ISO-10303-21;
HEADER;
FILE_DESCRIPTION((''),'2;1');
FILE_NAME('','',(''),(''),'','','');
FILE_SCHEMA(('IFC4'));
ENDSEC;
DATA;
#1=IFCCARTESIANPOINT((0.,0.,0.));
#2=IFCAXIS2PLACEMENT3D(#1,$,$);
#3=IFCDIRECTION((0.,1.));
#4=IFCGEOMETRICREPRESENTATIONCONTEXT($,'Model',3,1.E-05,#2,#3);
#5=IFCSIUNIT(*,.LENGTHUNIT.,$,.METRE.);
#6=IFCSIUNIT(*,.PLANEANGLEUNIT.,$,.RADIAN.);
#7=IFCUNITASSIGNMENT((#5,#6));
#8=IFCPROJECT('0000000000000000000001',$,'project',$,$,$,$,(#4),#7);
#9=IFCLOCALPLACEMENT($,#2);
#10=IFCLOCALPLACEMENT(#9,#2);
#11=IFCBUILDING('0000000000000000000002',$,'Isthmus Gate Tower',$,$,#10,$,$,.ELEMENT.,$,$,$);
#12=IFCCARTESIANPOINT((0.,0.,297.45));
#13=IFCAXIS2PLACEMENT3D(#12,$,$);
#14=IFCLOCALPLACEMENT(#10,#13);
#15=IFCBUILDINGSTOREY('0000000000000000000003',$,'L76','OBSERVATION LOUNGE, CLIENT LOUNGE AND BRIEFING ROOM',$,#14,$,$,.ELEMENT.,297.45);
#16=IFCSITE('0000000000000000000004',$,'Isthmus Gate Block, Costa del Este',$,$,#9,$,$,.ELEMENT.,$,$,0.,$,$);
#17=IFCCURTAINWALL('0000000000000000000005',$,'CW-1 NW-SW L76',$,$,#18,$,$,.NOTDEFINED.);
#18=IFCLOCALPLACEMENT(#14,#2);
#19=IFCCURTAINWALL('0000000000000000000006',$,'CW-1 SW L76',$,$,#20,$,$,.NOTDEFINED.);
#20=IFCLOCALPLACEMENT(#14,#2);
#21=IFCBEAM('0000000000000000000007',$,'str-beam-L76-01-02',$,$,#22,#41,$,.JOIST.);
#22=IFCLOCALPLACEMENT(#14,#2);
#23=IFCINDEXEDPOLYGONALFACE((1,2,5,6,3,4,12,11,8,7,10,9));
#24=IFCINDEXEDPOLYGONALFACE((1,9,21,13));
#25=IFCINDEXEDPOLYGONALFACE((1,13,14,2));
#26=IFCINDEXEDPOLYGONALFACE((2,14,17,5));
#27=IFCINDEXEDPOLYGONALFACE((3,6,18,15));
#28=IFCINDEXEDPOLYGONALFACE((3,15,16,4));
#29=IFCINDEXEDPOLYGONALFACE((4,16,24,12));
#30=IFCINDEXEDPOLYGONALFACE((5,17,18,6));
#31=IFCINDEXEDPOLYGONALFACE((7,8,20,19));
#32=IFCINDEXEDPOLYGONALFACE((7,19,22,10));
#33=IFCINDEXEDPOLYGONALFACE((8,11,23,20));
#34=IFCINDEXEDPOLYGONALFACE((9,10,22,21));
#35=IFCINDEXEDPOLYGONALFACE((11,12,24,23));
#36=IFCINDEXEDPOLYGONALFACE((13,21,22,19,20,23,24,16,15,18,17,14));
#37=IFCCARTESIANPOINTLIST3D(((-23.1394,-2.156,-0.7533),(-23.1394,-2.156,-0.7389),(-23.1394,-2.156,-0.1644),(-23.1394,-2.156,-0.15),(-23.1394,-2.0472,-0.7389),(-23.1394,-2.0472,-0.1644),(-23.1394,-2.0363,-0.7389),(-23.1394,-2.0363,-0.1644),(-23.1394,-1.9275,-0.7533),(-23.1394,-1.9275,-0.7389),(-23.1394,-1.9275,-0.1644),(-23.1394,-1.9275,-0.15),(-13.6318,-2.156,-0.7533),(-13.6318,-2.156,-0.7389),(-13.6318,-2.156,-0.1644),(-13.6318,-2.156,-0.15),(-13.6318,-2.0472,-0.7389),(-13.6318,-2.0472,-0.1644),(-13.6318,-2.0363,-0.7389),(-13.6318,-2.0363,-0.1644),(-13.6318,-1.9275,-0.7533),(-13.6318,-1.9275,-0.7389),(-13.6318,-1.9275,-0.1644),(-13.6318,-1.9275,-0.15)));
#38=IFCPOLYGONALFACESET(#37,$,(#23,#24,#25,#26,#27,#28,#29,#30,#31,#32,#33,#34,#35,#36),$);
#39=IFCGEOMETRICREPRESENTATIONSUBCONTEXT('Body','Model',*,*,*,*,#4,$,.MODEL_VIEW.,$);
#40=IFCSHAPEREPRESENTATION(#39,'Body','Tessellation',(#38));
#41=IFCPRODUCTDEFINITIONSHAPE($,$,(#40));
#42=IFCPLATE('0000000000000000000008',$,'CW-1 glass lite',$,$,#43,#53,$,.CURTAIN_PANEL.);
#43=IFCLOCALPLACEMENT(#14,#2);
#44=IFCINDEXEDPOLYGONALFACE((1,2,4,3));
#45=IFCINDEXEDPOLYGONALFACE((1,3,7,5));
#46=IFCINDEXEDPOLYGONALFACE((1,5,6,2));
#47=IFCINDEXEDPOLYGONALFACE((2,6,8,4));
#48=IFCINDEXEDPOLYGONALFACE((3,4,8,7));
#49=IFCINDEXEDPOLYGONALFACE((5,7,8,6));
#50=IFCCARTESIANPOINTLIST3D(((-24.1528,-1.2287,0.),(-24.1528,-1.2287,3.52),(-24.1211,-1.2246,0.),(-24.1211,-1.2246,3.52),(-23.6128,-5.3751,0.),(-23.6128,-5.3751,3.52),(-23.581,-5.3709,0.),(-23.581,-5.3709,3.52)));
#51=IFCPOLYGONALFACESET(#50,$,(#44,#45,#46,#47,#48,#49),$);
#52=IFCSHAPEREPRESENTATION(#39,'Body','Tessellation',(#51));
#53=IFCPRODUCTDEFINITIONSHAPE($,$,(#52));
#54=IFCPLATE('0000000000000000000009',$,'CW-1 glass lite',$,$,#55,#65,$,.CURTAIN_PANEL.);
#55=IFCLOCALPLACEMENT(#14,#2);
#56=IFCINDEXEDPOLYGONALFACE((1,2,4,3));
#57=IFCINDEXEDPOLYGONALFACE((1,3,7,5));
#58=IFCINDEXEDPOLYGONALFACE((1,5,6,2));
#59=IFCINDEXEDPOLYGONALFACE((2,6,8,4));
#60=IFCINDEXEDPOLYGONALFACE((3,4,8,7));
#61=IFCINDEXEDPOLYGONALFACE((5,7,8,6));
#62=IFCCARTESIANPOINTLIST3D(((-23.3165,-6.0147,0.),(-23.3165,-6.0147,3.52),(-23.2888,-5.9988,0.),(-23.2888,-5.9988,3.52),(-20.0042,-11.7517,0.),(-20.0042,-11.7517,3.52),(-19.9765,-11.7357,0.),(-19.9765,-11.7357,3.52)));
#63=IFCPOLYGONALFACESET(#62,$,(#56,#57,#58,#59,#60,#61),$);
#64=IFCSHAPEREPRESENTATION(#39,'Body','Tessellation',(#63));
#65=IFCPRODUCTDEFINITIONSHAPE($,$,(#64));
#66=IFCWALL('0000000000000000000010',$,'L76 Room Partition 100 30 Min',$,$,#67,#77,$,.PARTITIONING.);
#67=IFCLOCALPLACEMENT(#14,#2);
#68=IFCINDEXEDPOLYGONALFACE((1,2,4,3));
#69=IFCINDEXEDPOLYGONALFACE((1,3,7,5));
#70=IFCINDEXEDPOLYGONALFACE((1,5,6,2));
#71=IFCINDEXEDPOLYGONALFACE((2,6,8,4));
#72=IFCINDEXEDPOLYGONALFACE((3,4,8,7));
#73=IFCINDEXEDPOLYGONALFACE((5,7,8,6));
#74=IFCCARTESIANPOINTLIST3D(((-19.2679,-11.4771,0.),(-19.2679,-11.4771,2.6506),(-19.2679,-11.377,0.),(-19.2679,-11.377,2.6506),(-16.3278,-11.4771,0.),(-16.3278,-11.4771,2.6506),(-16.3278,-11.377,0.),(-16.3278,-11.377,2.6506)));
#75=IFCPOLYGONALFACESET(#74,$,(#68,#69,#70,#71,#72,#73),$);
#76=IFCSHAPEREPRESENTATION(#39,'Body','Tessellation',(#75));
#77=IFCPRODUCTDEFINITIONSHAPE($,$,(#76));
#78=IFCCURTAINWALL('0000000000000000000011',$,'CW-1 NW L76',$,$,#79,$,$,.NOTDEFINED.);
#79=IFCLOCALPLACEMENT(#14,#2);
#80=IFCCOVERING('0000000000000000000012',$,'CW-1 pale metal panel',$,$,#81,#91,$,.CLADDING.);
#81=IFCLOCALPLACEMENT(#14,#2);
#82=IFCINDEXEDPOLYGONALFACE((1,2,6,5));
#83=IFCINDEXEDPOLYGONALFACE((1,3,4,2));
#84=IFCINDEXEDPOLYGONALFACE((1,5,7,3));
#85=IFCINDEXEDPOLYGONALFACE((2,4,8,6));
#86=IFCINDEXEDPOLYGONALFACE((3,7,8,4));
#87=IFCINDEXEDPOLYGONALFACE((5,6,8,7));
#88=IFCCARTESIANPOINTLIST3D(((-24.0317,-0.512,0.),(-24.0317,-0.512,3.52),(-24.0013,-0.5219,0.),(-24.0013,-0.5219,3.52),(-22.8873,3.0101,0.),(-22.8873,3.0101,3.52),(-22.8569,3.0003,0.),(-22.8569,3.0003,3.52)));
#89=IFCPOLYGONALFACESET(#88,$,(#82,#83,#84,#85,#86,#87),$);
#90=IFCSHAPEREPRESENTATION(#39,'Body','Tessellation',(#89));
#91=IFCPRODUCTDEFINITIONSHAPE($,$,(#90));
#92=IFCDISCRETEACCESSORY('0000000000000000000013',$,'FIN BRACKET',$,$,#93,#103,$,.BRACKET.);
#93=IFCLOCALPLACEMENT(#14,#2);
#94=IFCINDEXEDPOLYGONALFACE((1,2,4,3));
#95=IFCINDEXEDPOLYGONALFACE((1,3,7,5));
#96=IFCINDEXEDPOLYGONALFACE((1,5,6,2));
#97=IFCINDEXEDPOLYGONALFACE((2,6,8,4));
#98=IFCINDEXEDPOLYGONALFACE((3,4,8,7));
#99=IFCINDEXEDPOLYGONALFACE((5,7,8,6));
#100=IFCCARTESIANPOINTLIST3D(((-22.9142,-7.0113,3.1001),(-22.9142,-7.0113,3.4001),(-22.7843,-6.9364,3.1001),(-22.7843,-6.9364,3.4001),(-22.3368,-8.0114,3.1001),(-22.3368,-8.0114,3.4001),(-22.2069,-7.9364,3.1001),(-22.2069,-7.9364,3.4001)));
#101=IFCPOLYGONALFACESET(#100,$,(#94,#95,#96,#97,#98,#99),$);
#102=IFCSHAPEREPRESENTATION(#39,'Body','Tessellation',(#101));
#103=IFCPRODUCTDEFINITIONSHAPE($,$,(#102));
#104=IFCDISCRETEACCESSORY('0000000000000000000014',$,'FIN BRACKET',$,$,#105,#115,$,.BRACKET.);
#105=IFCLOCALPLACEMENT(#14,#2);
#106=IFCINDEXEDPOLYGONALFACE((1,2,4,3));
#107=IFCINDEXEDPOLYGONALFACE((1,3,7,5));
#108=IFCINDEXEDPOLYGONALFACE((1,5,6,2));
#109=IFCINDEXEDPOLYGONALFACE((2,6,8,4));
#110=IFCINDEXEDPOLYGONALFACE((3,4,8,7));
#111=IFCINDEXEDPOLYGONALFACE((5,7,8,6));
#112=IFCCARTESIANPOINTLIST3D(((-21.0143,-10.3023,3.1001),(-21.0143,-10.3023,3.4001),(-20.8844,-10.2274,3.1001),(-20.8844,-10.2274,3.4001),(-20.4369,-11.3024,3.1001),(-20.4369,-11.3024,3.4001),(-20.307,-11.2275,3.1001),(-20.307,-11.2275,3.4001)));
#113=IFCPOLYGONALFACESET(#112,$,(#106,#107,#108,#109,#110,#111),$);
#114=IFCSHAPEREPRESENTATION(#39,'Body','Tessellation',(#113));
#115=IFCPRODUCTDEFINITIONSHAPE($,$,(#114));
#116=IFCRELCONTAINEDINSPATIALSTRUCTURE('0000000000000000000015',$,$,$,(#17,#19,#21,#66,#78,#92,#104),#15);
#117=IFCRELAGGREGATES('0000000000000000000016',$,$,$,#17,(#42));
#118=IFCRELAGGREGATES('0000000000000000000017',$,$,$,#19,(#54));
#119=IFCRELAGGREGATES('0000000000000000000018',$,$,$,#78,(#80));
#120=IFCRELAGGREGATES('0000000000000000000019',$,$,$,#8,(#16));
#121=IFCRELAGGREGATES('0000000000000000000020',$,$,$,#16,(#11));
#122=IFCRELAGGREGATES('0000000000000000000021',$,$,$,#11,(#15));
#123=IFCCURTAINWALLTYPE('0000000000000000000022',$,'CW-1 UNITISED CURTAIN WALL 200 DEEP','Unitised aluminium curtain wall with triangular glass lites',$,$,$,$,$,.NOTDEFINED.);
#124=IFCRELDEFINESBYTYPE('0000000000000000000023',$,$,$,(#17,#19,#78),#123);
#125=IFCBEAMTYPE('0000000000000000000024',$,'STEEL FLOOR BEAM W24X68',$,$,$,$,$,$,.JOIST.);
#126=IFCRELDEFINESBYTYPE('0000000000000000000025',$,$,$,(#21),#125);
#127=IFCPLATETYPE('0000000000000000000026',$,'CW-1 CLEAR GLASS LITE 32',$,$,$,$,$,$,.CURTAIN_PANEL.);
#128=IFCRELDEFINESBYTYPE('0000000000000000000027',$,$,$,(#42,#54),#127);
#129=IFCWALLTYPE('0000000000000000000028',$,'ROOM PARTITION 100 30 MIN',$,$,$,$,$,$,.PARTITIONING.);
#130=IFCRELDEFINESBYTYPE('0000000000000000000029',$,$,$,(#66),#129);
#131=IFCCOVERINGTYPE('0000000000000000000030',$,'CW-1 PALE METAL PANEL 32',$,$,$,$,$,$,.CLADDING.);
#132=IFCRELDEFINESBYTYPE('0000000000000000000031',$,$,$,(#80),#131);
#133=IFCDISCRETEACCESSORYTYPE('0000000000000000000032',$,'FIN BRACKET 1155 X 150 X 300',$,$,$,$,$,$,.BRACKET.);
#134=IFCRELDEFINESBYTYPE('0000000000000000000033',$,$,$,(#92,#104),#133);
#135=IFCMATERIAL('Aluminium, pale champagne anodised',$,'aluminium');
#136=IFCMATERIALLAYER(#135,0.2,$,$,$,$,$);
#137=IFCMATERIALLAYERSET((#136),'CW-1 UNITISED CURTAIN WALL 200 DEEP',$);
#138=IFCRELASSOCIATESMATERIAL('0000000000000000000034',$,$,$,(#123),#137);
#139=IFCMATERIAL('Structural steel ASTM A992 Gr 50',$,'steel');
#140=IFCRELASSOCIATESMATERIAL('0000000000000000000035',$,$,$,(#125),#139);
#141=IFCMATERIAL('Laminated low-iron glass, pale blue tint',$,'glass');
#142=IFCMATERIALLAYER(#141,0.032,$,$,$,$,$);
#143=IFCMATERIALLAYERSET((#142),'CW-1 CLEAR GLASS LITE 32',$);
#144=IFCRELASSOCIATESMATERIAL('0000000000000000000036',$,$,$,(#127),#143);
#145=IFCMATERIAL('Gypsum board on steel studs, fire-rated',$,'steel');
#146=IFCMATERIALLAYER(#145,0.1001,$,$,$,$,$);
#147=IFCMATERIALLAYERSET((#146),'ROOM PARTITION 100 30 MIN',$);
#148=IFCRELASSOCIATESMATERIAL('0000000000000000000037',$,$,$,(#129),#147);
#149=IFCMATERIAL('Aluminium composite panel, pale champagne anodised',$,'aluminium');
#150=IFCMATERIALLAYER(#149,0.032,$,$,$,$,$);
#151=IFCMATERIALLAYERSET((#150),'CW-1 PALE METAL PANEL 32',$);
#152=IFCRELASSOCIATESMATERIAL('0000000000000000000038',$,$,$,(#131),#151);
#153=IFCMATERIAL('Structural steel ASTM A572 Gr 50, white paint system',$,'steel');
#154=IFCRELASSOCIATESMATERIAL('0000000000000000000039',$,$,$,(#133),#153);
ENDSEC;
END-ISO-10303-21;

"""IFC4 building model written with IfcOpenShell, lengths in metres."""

from ifc_helpers import new_model, si_unit, direction, frame, frame_2d, origin, origin_2d, place, context, subcontext, project, spatial, rectangle, i_section, extrude, material, layer, layer_set, material_profile, profile_set, type_object, element, aggregate, save


model = new_model("IFC4")

# Units and contexts
model_context = context("Model", 3, precision=1e-05, world=origin(), true_north=direction((0.0, 1.0)))
body_context = subcontext(model_context, "Body", "Model", "MODEL_VIEW")
ifc_project = project(units=[si_unit("LENGTHUNIT", "METRE"), si_unit("PLANEANGLEUNIT", "RADIAN")], contexts=[model_context])

# Site, building, storey
site_placement = place(None, origin())
site = spatial("IfcSite", under=ifc_project, at=site_placement, Name="Isthmus Gate Block, Costa del Este", CompositionType="ELEMENT", RefElevation=0.0)
building_placement = place(site_placement, origin())
building = spatial("IfcBuilding", under=site, at=building_placement, Name="Isthmus Gate Tower", CompositionType="ELEMENT")
storey_placement = place(building_placement, frame((0.0, 0.0, 297.45)))
storey = spatial("IfcBuildingStorey", under=building, at=storey_placement, Name="L76", Description="OBSERVATION LOUNGE, CLIENT LOUNGE AND BRIEFING ROOM", CompositionType="ELEMENT", Elevation=297.45)

# Curtain walls
ifc_material_1 = material(Name="Aluminium, pale champagne anodised", Category="aluminium")
ifc_layer_1 = layer(ifc_material_1, 0.2)
ifc_layer_set_1 = layer_set([ifc_layer_1], Name="CW-1 UNITISED CURTAIN WALL 200 DEEP")
curtain_wall_type = type_object("IfcCurtainWallType", Name="CW-1 UNITISED CURTAIN WALL 200 DEEP", Description="Unitised aluminium curtain wall with triangular glass lites", PredefinedType="NOTDEFINED", material=ifc_layer_set_1)
curtain_wall_1_placement = place(storey_placement, origin())
curtain_wall_1 = element("IfcCurtainWall", 1, at=curtain_wall_1_placement, inside=storey, type_object=curtain_wall_type, Name="CW-1 NW-SW L76", PredefinedType="NOTDEFINED")
curtain_wall_2_placement = place(storey_placement, origin())
curtain_wall_2 = element("IfcCurtainWall", 2, at=curtain_wall_2_placement, inside=storey, type_object=curtain_wall_type, Name="CW-1 SW L76", PredefinedType="NOTDEFINED")

# Beam
ifc_material_2 = material(Name="Structural steel ASTM A992 Gr 50", Category="steel")
ifc_material_profile_1 = material_profile(ifc_material_2, i_section(OverallWidth=0.2285, OverallDepth=0.6033, WebThickness=0.011, FlangeThickness=0.0144, at=origin_2d()), Name="W24X68")
ifc_profile_set_1 = profile_set([ifc_material_profile_1], Name="Structural steel ASTM A992 Gr 50")
beam_type_1 = type_object("IfcBeamType", Name="STEEL FLOOR BEAM W24X68", PredefinedType="JOIST", material=ifc_profile_set_1)
beam_1_placement = place(storey_placement, frame((-23.1394, -2.0417, -0.4517), z_axis=(1.0, 0.0, 0.0), x_axis=(0.0, 1.0, 0.0)))
element("IfcBeam", 3, at=beam_1_placement, inside=storey, type_object=beam_type_1, Name="str-beam-L76-01-02", PredefinedType="JOIST", context=body_context, shape_type="SweptSolid", body=[
    extrude(i_section(OverallWidth=0.2285, OverallDepth=0.6033, WebThickness=0.011, FlangeThickness=0.0144, at=origin_2d()), origin(), (0.0, 0.0, 1.0), 9.5076),
])

# Plates
ifc_material_3 = material(Name="Laminated low-iron glass, pale blue tint", Category="glass")
ifc_layer_2 = layer(ifc_material_3, 0.032)
ifc_layer_set_2 = layer_set([ifc_layer_2], Name="CW-1 CLEAR GLASS LITE 32")
plate_type = type_object("IfcPlateType", Name="CW-1 CLEAR GLASS LITE 32", PredefinedType="CURTAIN_PANEL", material=ifc_layer_set_2)
plate_1_placement = place(storey_placement, frame((-23.8669, -3.2998, 0.0), z_axis=(0.0, 0.0, 1.0), x_axis=(0.129165, -0.991623, 0.0)))
plate_1 = element("IfcPlate", 4, at=plate_1_placement, type_object=plate_type, Name="CW-1 glass lite", PredefinedType="CURTAIN_PANEL", context=body_context, shape_type="SweptSolid", body=[
    extrude(rectangle(XDim=4.1814, YDim=0.032, at=origin_2d()), origin(), (0.0, 0.0, 1.0), 3.52),
])
aggregate(curtain_wall_1, [plate_1])
plate_2_placement = place(storey_placement, frame((-21.6465, -8.8752, 0.0), z_axis=(0.0, 0.0, 1.0), x_axis=(0.5, -0.866025, 0.0)))
plate_2 = element("IfcPlate", 5, at=plate_2_placement, type_object=plate_type, Name="CW-1 glass lite", PredefinedType="CURTAIN_PANEL", context=body_context, shape_type="SweptSolid", body=[
    extrude(rectangle(XDim=6.6245, YDim=0.032, at=origin_2d()), origin(), (0.0, 0.0, 1.0), 3.52),
])
aggregate(curtain_wall_2, [plate_2])

# Wall
ifc_material_4 = material(Name="Gypsum board on steel studs, fire-rated", Category="steel")
ifc_layer_3 = layer(ifc_material_4, 0.1001)
ifc_layer_set_3 = layer_set([ifc_layer_3], Name="ROOM PARTITION 100 30 MIN")
wall_type = type_object("IfcWallType", Name="ROOM PARTITION 100 30 MIN", PredefinedType="PARTITIONING", material=ifc_layer_set_3)
wall_placement = place(storey_placement, frame((-19.2681, -11.427, 0.0), z_axis=(0.0, 0.0, 1.0), x_axis=(1.0, 0.0, 0.0)))
element("IfcWall", 6, at=wall_placement, inside=storey, type_object=wall_type, Name="L76 Room Partition 100 30 Min", PredefinedType="PARTITIONING", context=body_context, shape_type="SweptSolid", body=[
    extrude(rectangle(XDim=2.9402, YDim=0.1001, at=frame_2d((1.4702, 0.0))), origin(), (0.0, 0.0, 1.0), 2.6506),
])

# Curtain wall, covering
curtain_wall_3_placement = place(storey_placement, origin())
curtain_wall_3 = element("IfcCurtainWall", 7, at=curtain_wall_3_placement, inside=storey, type_object=curtain_wall_type, Name="CW-1 NW L76", PredefinedType="NOTDEFINED")
ifc_material_5 = material(Name="Aluminium composite panel, pale champagne anodised", Category="aluminium")
ifc_layer_4 = layer(ifc_material_5, 0.032)
ifc_layer_set_4 = layer_set([ifc_layer_4], Name="CW-1 PALE METAL PANEL 32")
covering_type = type_object("IfcCoveringType", Name="CW-1 PALE METAL PANEL 32", PredefinedType="CLADDING", material=ifc_layer_set_4)
covering_placement = place(storey_placement, frame((-23.4443, 1.2441, 0.0), z_axis=(0.0, 0.0, 1.0), x_axis=(-0.309017, -0.951057, 0.0)))
covering = element("IfcCovering", 8, at=covering_placement, type_object=covering_type, Name="CW-1 pale metal panel", PredefinedType="CLADDING", context=body_context, shape_type="SweptSolid", body=[
    extrude(rectangle(XDim=3.7034, YDim=0.032, at=origin_2d()), origin(), (0.0, 0.0, 1.0), 3.52),
])
aggregate(curtain_wall_3, [covering])

# Discrete accessories
ifc_material_6 = material(Name="Structural steel ASTM A572 Gr 50, white paint system", Category="steel")
discrete_accessory_type = type_object("IfcDiscreteAccessoryType", Name="FIN BRACKET 1155 X 150 X 300", PredefinedType="BRACKET", material=ifc_material_6)
for number, where, z_axis, x_axis, name in (
    (9, (-22.5605, -7.4739, 3.1001), (0.0, 0.0, 1.0), (-0.866025, -0.5, 0.0), "FIN BRACKET"),
    (10, (-20.6606, -10.7649, 3.1001), (0.0, 0.0, 1.0), (-0.866025, -0.5, 0.0), "FIN BRACKET"),
):
    element("IfcDiscreteAccessory", number, at=place(storey_placement, frame(where, z_axis=z_axis, x_axis=x_axis)), inside=storey, type_object=discrete_accessory_type, Name=name, PredefinedType="BRACKET", context=body_context, shape_type="SweptSolid", body=[
        extrude(rectangle(XDim=0.1499, YDim=1.1548, at=origin_2d()), origin(), (0.0, 0.0, 1.0), 0.3),
    ])

save(model, "model.ifc")
